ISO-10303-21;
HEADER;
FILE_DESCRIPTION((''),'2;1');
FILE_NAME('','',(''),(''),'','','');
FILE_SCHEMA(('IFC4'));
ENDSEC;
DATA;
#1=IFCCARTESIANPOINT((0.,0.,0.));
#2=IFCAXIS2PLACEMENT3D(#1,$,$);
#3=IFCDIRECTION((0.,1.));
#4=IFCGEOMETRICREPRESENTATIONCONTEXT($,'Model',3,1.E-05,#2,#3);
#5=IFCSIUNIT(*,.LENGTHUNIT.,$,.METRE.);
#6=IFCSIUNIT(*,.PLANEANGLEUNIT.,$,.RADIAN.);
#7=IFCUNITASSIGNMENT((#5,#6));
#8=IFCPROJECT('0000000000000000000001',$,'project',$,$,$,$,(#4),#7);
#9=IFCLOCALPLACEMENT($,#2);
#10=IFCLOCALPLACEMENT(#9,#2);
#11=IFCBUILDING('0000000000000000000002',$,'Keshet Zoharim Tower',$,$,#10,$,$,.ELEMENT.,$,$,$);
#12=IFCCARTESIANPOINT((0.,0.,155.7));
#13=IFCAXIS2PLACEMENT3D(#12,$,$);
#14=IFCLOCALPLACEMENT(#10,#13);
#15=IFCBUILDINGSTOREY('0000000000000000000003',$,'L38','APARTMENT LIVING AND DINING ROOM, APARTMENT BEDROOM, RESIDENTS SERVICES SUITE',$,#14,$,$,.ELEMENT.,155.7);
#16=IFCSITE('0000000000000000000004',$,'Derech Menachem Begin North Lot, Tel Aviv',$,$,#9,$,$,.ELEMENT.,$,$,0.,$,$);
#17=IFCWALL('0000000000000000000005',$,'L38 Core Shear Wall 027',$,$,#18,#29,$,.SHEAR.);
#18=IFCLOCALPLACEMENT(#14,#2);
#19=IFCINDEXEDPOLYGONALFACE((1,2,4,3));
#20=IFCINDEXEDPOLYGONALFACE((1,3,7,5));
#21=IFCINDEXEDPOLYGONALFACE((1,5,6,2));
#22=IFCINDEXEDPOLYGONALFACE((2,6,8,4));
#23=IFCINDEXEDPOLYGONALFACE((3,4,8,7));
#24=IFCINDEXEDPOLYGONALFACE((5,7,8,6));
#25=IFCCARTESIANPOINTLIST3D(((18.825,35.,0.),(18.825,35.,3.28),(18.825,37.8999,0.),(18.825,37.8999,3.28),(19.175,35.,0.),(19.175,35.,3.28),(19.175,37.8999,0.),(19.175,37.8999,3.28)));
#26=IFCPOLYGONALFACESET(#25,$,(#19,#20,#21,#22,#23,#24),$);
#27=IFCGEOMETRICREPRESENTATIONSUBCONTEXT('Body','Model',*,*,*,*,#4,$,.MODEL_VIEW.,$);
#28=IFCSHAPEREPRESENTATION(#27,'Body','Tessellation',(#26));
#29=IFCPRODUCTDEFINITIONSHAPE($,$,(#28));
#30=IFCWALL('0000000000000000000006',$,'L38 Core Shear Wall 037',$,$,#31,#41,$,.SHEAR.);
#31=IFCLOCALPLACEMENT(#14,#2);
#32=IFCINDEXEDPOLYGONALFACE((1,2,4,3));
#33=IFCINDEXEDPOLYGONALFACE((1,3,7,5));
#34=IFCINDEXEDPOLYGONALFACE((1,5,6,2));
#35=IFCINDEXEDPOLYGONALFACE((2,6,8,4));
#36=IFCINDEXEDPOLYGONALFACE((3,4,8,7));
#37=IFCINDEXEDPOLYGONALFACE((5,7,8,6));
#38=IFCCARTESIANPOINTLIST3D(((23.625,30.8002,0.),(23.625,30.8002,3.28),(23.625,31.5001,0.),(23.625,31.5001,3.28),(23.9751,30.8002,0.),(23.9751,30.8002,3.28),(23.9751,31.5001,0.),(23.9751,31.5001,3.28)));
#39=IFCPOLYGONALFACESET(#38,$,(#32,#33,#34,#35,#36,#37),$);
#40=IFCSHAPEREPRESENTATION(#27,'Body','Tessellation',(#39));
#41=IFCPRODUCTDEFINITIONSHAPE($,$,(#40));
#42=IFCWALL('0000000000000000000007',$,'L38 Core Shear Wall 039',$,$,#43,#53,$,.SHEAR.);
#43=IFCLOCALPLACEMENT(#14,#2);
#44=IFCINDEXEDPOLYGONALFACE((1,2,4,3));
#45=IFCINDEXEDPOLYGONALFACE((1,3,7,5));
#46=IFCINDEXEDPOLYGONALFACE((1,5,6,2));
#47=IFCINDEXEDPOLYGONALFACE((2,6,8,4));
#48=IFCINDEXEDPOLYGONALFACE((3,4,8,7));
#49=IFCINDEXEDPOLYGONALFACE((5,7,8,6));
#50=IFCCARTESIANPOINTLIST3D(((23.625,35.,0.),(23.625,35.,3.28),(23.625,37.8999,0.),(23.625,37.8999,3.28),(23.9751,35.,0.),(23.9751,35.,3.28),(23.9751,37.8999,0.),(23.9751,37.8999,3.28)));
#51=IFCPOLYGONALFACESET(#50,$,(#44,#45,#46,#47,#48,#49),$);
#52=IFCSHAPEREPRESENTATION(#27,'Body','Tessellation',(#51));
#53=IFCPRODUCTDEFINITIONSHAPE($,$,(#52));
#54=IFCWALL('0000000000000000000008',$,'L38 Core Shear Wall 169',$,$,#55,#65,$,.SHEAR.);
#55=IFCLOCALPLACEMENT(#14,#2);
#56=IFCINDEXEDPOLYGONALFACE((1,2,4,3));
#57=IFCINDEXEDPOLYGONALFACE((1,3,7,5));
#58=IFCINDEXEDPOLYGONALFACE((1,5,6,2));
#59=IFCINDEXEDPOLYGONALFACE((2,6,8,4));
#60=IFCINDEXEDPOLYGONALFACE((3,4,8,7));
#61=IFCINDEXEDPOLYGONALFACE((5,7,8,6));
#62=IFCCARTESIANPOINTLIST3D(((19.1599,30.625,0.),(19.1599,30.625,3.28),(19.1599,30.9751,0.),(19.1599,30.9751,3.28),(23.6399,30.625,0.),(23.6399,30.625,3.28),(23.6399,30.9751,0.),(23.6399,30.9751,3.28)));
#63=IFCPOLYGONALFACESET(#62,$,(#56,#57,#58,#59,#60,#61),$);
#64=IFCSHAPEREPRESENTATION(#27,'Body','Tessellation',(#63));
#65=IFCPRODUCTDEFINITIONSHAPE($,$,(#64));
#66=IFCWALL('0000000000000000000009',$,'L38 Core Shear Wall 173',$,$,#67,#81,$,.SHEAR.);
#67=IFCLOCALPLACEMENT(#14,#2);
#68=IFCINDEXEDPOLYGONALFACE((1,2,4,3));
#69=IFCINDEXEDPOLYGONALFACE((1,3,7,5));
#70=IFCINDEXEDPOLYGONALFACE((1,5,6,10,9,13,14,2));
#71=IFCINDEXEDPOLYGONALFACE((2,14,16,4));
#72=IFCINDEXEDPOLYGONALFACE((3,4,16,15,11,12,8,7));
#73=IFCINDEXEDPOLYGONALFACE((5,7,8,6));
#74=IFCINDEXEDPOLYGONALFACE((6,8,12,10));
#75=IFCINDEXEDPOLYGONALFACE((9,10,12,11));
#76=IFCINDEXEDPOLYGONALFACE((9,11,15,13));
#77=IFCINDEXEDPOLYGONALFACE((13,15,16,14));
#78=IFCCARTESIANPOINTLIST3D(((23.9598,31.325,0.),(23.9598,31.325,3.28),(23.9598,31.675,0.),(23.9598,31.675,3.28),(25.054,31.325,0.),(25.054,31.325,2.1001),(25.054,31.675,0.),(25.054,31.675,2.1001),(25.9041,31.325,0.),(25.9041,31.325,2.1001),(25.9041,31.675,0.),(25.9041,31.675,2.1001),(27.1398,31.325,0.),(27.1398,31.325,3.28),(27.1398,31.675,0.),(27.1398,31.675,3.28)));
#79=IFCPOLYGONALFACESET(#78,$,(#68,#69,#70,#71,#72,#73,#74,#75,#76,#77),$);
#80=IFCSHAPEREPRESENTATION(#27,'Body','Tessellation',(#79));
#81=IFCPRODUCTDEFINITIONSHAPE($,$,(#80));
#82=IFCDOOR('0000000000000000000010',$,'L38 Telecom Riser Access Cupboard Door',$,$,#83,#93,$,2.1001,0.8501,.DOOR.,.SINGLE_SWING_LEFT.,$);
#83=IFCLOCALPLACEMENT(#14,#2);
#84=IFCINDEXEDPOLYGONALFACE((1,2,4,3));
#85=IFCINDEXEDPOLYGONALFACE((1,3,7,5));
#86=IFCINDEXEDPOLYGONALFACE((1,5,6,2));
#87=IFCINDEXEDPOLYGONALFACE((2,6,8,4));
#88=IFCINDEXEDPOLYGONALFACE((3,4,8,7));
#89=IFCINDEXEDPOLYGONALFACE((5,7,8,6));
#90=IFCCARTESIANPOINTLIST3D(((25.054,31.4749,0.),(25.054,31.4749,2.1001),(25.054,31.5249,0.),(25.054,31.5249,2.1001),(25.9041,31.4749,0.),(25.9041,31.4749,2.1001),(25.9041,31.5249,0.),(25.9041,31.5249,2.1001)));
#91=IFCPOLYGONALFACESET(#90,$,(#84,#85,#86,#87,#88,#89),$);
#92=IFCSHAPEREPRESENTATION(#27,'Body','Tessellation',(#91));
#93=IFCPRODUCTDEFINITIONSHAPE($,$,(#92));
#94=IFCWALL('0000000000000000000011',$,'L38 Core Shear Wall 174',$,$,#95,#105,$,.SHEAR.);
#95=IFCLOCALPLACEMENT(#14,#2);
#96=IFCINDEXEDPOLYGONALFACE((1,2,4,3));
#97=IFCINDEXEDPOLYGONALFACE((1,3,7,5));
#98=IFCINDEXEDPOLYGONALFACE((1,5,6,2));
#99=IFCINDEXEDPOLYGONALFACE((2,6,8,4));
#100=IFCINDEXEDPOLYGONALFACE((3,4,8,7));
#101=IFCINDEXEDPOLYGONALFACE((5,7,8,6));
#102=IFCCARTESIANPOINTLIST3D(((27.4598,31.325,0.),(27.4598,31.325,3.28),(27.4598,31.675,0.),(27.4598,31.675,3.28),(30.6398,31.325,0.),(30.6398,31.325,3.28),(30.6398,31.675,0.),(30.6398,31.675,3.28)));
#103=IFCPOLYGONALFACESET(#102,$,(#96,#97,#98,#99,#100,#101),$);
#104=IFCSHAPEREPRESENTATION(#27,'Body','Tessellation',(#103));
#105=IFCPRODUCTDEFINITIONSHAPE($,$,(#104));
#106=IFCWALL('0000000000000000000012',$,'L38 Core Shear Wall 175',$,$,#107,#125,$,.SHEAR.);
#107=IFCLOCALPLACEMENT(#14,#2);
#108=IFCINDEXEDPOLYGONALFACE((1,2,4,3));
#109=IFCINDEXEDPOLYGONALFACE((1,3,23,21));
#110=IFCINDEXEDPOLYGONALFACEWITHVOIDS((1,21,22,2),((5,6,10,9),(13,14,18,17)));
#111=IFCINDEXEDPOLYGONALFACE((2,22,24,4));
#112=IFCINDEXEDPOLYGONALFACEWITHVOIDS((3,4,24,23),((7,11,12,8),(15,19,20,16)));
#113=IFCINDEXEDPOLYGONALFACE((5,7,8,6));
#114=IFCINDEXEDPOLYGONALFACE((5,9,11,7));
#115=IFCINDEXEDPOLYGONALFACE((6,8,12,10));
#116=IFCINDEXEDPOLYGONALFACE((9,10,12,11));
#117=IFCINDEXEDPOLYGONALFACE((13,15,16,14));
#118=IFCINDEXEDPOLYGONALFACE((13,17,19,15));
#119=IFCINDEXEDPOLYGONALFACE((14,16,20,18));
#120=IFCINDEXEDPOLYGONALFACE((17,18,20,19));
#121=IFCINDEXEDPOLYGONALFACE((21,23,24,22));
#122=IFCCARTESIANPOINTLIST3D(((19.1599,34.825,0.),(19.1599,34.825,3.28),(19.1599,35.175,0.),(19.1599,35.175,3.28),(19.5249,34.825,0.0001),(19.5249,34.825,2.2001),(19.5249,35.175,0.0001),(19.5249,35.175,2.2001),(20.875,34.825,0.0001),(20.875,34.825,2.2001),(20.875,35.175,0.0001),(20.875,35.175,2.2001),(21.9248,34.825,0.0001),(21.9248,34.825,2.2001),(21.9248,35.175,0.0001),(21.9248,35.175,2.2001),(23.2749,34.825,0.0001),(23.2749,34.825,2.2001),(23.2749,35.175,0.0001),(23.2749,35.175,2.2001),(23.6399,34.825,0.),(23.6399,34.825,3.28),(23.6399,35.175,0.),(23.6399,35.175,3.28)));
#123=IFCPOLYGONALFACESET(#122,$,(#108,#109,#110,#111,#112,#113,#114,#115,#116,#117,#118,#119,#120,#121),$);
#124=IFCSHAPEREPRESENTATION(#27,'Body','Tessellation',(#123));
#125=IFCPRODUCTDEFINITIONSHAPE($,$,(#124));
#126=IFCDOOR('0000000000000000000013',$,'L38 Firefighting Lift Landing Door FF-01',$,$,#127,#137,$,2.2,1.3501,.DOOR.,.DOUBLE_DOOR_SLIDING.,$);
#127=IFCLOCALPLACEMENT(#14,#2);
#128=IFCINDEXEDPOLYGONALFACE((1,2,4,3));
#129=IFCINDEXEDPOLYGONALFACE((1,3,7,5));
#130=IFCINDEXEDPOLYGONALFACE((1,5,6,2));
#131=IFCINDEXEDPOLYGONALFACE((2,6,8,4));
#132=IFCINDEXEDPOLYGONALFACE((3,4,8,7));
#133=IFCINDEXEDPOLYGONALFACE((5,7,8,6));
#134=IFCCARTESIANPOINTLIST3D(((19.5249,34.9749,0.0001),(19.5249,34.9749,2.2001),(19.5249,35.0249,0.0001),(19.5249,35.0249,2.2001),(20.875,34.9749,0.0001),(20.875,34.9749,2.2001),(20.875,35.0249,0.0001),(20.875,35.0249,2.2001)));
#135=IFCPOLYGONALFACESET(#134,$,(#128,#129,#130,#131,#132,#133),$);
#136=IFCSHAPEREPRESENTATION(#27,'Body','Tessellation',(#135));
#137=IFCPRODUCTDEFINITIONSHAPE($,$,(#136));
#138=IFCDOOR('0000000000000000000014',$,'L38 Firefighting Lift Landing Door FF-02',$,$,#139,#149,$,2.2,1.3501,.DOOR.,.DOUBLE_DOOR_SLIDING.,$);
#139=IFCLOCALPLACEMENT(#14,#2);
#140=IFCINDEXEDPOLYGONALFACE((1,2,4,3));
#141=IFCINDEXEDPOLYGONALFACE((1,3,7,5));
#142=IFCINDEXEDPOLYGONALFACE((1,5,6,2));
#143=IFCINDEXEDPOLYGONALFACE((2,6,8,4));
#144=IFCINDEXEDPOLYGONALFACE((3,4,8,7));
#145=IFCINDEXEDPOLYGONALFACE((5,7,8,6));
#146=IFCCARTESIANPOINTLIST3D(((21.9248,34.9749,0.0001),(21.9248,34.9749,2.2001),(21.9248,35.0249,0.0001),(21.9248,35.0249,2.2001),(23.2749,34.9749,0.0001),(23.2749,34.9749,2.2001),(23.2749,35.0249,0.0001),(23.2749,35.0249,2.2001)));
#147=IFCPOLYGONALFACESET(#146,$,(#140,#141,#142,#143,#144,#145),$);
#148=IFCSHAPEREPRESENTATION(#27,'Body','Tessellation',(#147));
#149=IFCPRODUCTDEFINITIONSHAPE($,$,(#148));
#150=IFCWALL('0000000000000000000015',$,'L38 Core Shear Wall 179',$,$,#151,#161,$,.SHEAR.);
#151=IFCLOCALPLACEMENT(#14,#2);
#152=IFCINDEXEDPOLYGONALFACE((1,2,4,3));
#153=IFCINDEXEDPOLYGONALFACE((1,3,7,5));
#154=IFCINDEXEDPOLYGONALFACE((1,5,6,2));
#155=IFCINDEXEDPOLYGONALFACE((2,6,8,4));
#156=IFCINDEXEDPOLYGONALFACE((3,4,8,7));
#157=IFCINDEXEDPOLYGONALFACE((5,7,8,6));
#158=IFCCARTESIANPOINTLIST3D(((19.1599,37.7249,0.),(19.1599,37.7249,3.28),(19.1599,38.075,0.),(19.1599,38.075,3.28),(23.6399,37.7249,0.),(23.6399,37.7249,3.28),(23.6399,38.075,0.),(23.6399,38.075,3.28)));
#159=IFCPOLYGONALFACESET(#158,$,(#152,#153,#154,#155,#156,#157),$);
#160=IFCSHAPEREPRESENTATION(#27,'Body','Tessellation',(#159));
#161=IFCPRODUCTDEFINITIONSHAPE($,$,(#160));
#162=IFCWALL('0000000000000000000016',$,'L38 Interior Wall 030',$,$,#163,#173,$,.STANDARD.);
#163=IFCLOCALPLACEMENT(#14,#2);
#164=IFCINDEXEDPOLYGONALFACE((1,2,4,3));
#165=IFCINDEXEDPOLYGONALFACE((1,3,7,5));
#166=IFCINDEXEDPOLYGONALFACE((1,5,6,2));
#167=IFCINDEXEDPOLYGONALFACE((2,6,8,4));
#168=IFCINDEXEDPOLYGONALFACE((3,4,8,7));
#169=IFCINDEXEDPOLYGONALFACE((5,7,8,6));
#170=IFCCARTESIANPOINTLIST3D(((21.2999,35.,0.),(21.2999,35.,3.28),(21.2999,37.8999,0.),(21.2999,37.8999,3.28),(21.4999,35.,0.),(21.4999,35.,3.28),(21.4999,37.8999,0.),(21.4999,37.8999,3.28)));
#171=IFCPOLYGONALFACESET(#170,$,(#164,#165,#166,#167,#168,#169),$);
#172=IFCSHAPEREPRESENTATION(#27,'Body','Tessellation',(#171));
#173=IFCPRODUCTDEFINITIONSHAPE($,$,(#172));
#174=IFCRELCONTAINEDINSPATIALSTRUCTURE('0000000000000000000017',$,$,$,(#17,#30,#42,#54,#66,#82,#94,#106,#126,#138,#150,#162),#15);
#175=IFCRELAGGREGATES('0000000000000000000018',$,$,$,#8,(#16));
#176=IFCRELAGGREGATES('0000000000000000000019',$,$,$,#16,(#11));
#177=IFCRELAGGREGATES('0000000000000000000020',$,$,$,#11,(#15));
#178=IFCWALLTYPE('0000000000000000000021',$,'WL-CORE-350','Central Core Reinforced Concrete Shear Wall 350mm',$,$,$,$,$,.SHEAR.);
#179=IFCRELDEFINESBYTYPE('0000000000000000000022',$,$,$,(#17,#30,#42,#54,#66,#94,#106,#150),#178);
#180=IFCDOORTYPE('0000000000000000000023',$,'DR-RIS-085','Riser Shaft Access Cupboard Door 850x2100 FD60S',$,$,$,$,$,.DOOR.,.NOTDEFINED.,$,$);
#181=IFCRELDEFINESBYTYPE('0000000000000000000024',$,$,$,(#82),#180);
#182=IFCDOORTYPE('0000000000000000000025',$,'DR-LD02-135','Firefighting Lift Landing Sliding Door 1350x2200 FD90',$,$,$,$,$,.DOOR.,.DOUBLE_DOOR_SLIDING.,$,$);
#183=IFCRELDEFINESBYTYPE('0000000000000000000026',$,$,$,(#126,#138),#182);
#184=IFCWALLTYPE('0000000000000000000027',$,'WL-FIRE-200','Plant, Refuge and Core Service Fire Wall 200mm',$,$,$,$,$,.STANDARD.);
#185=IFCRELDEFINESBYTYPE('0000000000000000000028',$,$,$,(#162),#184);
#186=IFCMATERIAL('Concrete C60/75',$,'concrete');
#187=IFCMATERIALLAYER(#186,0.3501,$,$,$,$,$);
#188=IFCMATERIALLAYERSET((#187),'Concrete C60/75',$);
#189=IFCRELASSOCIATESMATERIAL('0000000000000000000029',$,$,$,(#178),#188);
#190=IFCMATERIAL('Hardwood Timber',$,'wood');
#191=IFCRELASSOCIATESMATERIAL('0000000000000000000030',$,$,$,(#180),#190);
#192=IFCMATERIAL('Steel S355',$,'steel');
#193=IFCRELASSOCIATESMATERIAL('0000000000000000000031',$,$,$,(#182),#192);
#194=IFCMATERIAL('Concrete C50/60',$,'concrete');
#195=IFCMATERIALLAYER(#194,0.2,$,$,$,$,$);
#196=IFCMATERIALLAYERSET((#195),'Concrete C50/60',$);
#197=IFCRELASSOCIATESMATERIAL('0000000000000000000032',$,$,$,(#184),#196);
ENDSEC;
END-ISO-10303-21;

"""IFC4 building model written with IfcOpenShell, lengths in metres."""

from ifc_helpers import new_model, si_unit, direction, frame, frame_2d, origin, place, context, subcontext, project, spatial, rectangle, extrude, material, layer, layer_set, type_object, element, fill, save


model = new_model("IFC4")

# Units and contexts
model_context = context("Model", 3, precision=1e-05, world=origin(), true_north=direction((0.0, 1.0)))
body_context = subcontext(model_context, "Body", "Model", "MODEL_VIEW")
ifc_project = project(units=[si_unit("LENGTHUNIT", "METRE"), si_unit("PLANEANGLEUNIT", "RADIAN")], contexts=[model_context])

# Site, building, storey
site_placement = place(None, origin())
site = spatial("IfcSite", under=ifc_project, at=site_placement, Name="Derech Menachem Begin North Lot, Tel Aviv", CompositionType="ELEMENT", RefElevation=0.0)
building_placement = place(site_placement, origin())
building = spatial("IfcBuilding", under=site, at=building_placement, Name="Keshet Zoharim Tower", CompositionType="ELEMENT")
storey_placement = place(building_placement, frame((0.0, 0.0, 155.7)))
storey = spatial("IfcBuildingStorey", under=building, at=storey_placement, Name="L38", Description="APARTMENT LIVING AND DINING ROOM, APARTMENT BEDROOM, RESIDENTS SERVICES SUITE", CompositionType="ELEMENT", Elevation=155.7)

# Walls
ifc_material_1 = material(Name="Concrete C60/75", Category="concrete")
ifc_layer_1 = layer(ifc_material_1, 0.3501)
ifc_layer_set_1 = layer_set([ifc_layer_1], Name="Concrete C60/75")
wall_type_1 = type_object("IfcWallType", Name="WL-CORE-350", Description="Central Core Reinforced Concrete Shear Wall 350mm", PredefinedType="SHEAR", material=ifc_layer_set_1)
wall_1_placement = place(storey_placement, frame((19.0, 35.0, 0.0), z_axis=(0.0, 0.0, 1.0), x_axis=(0.0, 1.0, 0.0)))
element("IfcWall", 1, at=wall_1_placement, inside=storey, type_object=wall_type_1, Name="L38 Core Shear Wall 027", PredefinedType="SHEAR", context=body_context, shape_type="SweptSolid", body=[
    extrude(rectangle(XDim=2.8999, YDim=0.3501, at=frame_2d((1.45, 0.0))), origin(), (0.0, 0.0, 1.0), 3.28),
])
wall_2_placement = place(storey_placement, frame((23.8, 30.8, 0.0), z_axis=(0.0, 0.0, 1.0), x_axis=(0.0, 1.0, 0.0)))
element("IfcWall", 2, at=wall_2_placement, inside=storey, type_object=wall_type_1, Name="L38 Core Shear Wall 037", PredefinedType="SHEAR", context=body_context, shape_type="SweptSolid", body=[
    extrude(rectangle(XDim=0.7, YDim=0.3501, at=frame_2d((0.3501, 0.0))), origin(), (0.0, 0.0, 1.0), 3.28),
])

# Shared definitions
ifc_material_2 = material(Name="Hardwood Timber", Category="wood")

# Walls
wall_3_placement = place(storey_placement, frame((23.8, 35.0, 0.0), z_axis=(0.0, 0.0, 1.0), x_axis=(0.0, 1.0, 0.0)))
element("IfcWall", 3, at=wall_3_placement, inside=storey, type_object=wall_type_1, Name="L38 Core Shear Wall 039", PredefinedType="SHEAR", context=body_context, shape_type="SweptSolid", body=[
    extrude(rectangle(XDim=2.8999, YDim=0.3501, at=frame_2d((1.45, 0.0))), origin(), (0.0, 0.0, 1.0), 3.28),
])
wall_4_placement = place(storey_placement, frame((19.1599, 30.8, 0.0), z_axis=(0.0, 0.0, 1.0), x_axis=(1.0, 0.0, 0.0)))
element("IfcWall", 4, at=wall_4_placement, inside=storey, type_object=wall_type_1, Name="L38 Core Shear Wall 169", PredefinedType="SHEAR", context=body_context, shape_type="SweptSolid", body=[
    extrude(rectangle(XDim=4.48, YDim=0.3501, at=frame_2d((2.24, 0.0))), origin(), (0.0, 0.0, 1.0), 3.28),
])

# Wall, opening, door
wall_5_placement = place(storey_placement, frame((23.96, 31.5, 0.0), z_axis=(0.0, 0.0, 1.0), x_axis=(1.0, 0.0, 0.0)))
wall_5 = element("IfcWall", 5, at=wall_5_placement, inside=storey, type_object=wall_type_1, Name="L38 Core Shear Wall 173", PredefinedType="SHEAR", context=body_context, shape_type="SweptSolid", body=[
    extrude(rectangle(XDim=3.1799, YDim=0.3501, at=frame_2d((1.5898, 0.0))), origin(), (0.0, 0.0, 1.0), 3.28),
])
opening_1_placement = place(wall_5_placement, frame((1.094, 0.0, 0.0)))
opening_1 = element("IfcOpeningElement", 6, at=opening_1_placement, cuts=wall_5, PredefinedType="OPENING", context=body_context, shape_type="SweptSolid", body=[
    extrude(rectangle(XDim=0.8501, YDim=2.1001, at=frame_2d((0.425, 1.05))), frame((0.0, 0.1851, 0.0), z_axis=(0.0, -1.0, 0.0), x_axis=(1.0, 0.0, 0.0)), (0.0, 0.0, 1.0), 0.3701),
])
door_type_1 = type_object("IfcDoorType", Name="DR-RIS-085", Description="Riser Shaft Access Cupboard Door 850x2100 FD60S", OperationType="NOTDEFINED", PredefinedType="DOOR", material=ifc_material_2)
door_1_placement = place(opening_1_placement, origin())
door_1 = element("IfcDoor", 7, at=door_1_placement, inside=storey, type_object=door_type_1, Name="L38 Telecom Riser Access Cupboard Door", OperationType="SINGLE_SWING_LEFT", OverallHeight=2.1001, OverallWidth=0.8501, PredefinedType="DOOR", context=body_context, shape_type="SweptSolid", body=[
    extrude(rectangle(XDim=0.8501, YDim=2.1001, at=frame_2d((0.425, 1.05))), frame((0.0, 0.0249, 0.0), z_axis=(0.0, -1.0, 0.0), x_axis=(1.0, 0.0, 0.0)), (0.0, 0.0, 1.0), 0.05),
])
fill(opening_1, door_1)

# Wall
wall_6_placement = place(storey_placement, frame((27.46, 31.5, 0.0), z_axis=(0.0, 0.0, 1.0), x_axis=(1.0, 0.0, 0.0)))
element("IfcWall", 8, at=wall_6_placement, inside=storey, type_object=wall_type_1, Name="L38 Core Shear Wall 174", PredefinedType="SHEAR", context=body_context, shape_type="SweptSolid", body=[
    extrude(rectangle(XDim=3.1799, YDim=0.3501, at=frame_2d((1.5898, 0.0))), origin(), (0.0, 0.0, 1.0), 3.28),
])

# Wall, openings, doors
wall_7_placement = place(storey_placement, frame((19.1599, 35.0, 0.0), z_axis=(0.0, 0.0, 1.0), x_axis=(1.0, 0.0, 0.0)))
wall_7 = element("IfcWall", 9, at=wall_7_placement, inside=storey, type_object=wall_type_1, Name="L38 Core Shear Wall 175", PredefinedType="SHEAR", context=body_context, shape_type="SweptSolid", body=[
    extrude(rectangle(XDim=4.48, YDim=0.3501, at=frame_2d((2.24, 0.0))), origin(), (0.0, 0.0, 1.0), 3.28),
])
opening_2_placement = place(wall_7_placement, frame((0.365, 0.0, 0.0)))
opening_2 = element("IfcOpeningElement", 10, at=opening_2_placement, cuts=wall_7, PredefinedType="OPENING", context=body_context, shape_type="SweptSolid", body=[
    extrude(rectangle(XDim=1.3501, YDim=2.2, at=frame_2d((0.675, 1.1001))), frame((0.0, 0.1851, 0.0), z_axis=(0.0, -1.0, 0.0), x_axis=(1.0, 0.0, 0.0)), (0.0, 0.0, 1.0), 0.3701),
])
opening_3_placement = place(wall_7_placement, frame((2.7649, 0.0, 0.0)))
opening_3 = element("IfcOpeningElement", 11, at=opening_3_placement, cuts=wall_7, PredefinedType="OPENING", context=body_context, shape_type="SweptSolid", body=[
    extrude(rectangle(XDim=1.3501, YDim=2.2, at=frame_2d((0.675, 1.1001))), frame((0.0, 0.1851, 0.0), z_axis=(0.0, -1.0, 0.0), x_axis=(1.0, 0.0, 0.0)), (0.0, 0.0, 1.0), 0.3701),
])
ifc_material_3 = material(Name="Steel S355", Category="steel")
door_type_2 = type_object("IfcDoorType", Name="DR-LD02-135", Description="Firefighting Lift Landing Sliding Door 1350x2200 FD90", OperationType="DOUBLE_DOOR_SLIDING", PredefinedType="DOOR", material=ifc_material_3)
door_2_placement = place(opening_2_placement, origin())
door_2 = element("IfcDoor", 12, at=door_2_placement, inside=storey, type_object=door_type_2, Name="L38 Firefighting Lift Landing Door FF-01", OperationType="DOUBLE_DOOR_SLIDING", OverallHeight=2.2, OverallWidth=1.3501, PredefinedType="DOOR", context=body_context, shape_type="SweptSolid", body=[
    extrude(rectangle(XDim=1.3501, YDim=2.2, at=frame_2d((0.675, 1.1001))), frame((0.0, 0.0249, 0.0), z_axis=(0.0, -1.0, 0.0), x_axis=(1.0, 0.0, 0.0)), (0.0, 0.0, 1.0), 0.05),
])
fill(opening_2, door_2)
door_3_placement = place(opening_3_placement, origin())
door_3 = element("IfcDoor", 13, at=door_3_placement, inside=storey, type_object=door_type_2, Name="L38 Firefighting Lift Landing Door FF-02", OperationType="DOUBLE_DOOR_SLIDING", OverallHeight=2.2, OverallWidth=1.3501, PredefinedType="DOOR", context=body_context, shape_type="SweptSolid", body=[
    extrude(rectangle(XDim=1.3501, YDim=2.2, at=frame_2d((0.675, 1.1001))), frame((0.0, 0.0249, 0.0), z_axis=(0.0, -1.0, 0.0), x_axis=(1.0, 0.0, 0.0)), (0.0, 0.0, 1.0), 0.05),
])
fill(opening_3, door_3)

# Walls
wall_8_placement = place(storey_placement, frame((19.1599, 37.8999, 0.0), z_axis=(0.0, 0.0, 1.0), x_axis=(1.0, 0.0, 0.0)))
element("IfcWall", 14, at=wall_8_placement, inside=storey, type_object=wall_type_1, Name="L38 Core Shear Wall 179", PredefinedType="SHEAR", context=body_context, shape_type="SweptSolid", body=[
    extrude(rectangle(XDim=4.48, YDim=0.3501, at=frame_2d((2.24, 0.0))), origin(), (0.0, 0.0, 1.0), 3.28),
])
ifc_material_4 = material(Name="Concrete C50/60", Category="concrete")
ifc_layer_2 = layer(ifc_material_4, 0.2)
ifc_layer_set_2 = layer_set([ifc_layer_2], Name="Concrete C50/60")
wall_type_2 = type_object("IfcWallType", Name="WL-FIRE-200", Description="Plant, Refuge and Core Service Fire Wall 200mm", PredefinedType="STANDARD", material=ifc_layer_set_2)
wall_9_placement = place(storey_placement, frame((21.3999, 35.0, 0.0), z_axis=(0.0, 0.0, 1.0), x_axis=(0.0, 1.0, 0.0)))
element("IfcWall", 15, at=wall_9_placement, inside=storey, type_object=wall_type_2, Name="L38 Interior Wall 030", PredefinedType="STANDARD", context=body_context, shape_type="SweptSolid", body=[
    extrude(rectangle(XDim=2.8999, YDim=0.2, at=frame_2d((1.45, 0.0))), origin(), (0.0, 0.0, 1.0), 3.28),
])

save(model, "model.ifc")
